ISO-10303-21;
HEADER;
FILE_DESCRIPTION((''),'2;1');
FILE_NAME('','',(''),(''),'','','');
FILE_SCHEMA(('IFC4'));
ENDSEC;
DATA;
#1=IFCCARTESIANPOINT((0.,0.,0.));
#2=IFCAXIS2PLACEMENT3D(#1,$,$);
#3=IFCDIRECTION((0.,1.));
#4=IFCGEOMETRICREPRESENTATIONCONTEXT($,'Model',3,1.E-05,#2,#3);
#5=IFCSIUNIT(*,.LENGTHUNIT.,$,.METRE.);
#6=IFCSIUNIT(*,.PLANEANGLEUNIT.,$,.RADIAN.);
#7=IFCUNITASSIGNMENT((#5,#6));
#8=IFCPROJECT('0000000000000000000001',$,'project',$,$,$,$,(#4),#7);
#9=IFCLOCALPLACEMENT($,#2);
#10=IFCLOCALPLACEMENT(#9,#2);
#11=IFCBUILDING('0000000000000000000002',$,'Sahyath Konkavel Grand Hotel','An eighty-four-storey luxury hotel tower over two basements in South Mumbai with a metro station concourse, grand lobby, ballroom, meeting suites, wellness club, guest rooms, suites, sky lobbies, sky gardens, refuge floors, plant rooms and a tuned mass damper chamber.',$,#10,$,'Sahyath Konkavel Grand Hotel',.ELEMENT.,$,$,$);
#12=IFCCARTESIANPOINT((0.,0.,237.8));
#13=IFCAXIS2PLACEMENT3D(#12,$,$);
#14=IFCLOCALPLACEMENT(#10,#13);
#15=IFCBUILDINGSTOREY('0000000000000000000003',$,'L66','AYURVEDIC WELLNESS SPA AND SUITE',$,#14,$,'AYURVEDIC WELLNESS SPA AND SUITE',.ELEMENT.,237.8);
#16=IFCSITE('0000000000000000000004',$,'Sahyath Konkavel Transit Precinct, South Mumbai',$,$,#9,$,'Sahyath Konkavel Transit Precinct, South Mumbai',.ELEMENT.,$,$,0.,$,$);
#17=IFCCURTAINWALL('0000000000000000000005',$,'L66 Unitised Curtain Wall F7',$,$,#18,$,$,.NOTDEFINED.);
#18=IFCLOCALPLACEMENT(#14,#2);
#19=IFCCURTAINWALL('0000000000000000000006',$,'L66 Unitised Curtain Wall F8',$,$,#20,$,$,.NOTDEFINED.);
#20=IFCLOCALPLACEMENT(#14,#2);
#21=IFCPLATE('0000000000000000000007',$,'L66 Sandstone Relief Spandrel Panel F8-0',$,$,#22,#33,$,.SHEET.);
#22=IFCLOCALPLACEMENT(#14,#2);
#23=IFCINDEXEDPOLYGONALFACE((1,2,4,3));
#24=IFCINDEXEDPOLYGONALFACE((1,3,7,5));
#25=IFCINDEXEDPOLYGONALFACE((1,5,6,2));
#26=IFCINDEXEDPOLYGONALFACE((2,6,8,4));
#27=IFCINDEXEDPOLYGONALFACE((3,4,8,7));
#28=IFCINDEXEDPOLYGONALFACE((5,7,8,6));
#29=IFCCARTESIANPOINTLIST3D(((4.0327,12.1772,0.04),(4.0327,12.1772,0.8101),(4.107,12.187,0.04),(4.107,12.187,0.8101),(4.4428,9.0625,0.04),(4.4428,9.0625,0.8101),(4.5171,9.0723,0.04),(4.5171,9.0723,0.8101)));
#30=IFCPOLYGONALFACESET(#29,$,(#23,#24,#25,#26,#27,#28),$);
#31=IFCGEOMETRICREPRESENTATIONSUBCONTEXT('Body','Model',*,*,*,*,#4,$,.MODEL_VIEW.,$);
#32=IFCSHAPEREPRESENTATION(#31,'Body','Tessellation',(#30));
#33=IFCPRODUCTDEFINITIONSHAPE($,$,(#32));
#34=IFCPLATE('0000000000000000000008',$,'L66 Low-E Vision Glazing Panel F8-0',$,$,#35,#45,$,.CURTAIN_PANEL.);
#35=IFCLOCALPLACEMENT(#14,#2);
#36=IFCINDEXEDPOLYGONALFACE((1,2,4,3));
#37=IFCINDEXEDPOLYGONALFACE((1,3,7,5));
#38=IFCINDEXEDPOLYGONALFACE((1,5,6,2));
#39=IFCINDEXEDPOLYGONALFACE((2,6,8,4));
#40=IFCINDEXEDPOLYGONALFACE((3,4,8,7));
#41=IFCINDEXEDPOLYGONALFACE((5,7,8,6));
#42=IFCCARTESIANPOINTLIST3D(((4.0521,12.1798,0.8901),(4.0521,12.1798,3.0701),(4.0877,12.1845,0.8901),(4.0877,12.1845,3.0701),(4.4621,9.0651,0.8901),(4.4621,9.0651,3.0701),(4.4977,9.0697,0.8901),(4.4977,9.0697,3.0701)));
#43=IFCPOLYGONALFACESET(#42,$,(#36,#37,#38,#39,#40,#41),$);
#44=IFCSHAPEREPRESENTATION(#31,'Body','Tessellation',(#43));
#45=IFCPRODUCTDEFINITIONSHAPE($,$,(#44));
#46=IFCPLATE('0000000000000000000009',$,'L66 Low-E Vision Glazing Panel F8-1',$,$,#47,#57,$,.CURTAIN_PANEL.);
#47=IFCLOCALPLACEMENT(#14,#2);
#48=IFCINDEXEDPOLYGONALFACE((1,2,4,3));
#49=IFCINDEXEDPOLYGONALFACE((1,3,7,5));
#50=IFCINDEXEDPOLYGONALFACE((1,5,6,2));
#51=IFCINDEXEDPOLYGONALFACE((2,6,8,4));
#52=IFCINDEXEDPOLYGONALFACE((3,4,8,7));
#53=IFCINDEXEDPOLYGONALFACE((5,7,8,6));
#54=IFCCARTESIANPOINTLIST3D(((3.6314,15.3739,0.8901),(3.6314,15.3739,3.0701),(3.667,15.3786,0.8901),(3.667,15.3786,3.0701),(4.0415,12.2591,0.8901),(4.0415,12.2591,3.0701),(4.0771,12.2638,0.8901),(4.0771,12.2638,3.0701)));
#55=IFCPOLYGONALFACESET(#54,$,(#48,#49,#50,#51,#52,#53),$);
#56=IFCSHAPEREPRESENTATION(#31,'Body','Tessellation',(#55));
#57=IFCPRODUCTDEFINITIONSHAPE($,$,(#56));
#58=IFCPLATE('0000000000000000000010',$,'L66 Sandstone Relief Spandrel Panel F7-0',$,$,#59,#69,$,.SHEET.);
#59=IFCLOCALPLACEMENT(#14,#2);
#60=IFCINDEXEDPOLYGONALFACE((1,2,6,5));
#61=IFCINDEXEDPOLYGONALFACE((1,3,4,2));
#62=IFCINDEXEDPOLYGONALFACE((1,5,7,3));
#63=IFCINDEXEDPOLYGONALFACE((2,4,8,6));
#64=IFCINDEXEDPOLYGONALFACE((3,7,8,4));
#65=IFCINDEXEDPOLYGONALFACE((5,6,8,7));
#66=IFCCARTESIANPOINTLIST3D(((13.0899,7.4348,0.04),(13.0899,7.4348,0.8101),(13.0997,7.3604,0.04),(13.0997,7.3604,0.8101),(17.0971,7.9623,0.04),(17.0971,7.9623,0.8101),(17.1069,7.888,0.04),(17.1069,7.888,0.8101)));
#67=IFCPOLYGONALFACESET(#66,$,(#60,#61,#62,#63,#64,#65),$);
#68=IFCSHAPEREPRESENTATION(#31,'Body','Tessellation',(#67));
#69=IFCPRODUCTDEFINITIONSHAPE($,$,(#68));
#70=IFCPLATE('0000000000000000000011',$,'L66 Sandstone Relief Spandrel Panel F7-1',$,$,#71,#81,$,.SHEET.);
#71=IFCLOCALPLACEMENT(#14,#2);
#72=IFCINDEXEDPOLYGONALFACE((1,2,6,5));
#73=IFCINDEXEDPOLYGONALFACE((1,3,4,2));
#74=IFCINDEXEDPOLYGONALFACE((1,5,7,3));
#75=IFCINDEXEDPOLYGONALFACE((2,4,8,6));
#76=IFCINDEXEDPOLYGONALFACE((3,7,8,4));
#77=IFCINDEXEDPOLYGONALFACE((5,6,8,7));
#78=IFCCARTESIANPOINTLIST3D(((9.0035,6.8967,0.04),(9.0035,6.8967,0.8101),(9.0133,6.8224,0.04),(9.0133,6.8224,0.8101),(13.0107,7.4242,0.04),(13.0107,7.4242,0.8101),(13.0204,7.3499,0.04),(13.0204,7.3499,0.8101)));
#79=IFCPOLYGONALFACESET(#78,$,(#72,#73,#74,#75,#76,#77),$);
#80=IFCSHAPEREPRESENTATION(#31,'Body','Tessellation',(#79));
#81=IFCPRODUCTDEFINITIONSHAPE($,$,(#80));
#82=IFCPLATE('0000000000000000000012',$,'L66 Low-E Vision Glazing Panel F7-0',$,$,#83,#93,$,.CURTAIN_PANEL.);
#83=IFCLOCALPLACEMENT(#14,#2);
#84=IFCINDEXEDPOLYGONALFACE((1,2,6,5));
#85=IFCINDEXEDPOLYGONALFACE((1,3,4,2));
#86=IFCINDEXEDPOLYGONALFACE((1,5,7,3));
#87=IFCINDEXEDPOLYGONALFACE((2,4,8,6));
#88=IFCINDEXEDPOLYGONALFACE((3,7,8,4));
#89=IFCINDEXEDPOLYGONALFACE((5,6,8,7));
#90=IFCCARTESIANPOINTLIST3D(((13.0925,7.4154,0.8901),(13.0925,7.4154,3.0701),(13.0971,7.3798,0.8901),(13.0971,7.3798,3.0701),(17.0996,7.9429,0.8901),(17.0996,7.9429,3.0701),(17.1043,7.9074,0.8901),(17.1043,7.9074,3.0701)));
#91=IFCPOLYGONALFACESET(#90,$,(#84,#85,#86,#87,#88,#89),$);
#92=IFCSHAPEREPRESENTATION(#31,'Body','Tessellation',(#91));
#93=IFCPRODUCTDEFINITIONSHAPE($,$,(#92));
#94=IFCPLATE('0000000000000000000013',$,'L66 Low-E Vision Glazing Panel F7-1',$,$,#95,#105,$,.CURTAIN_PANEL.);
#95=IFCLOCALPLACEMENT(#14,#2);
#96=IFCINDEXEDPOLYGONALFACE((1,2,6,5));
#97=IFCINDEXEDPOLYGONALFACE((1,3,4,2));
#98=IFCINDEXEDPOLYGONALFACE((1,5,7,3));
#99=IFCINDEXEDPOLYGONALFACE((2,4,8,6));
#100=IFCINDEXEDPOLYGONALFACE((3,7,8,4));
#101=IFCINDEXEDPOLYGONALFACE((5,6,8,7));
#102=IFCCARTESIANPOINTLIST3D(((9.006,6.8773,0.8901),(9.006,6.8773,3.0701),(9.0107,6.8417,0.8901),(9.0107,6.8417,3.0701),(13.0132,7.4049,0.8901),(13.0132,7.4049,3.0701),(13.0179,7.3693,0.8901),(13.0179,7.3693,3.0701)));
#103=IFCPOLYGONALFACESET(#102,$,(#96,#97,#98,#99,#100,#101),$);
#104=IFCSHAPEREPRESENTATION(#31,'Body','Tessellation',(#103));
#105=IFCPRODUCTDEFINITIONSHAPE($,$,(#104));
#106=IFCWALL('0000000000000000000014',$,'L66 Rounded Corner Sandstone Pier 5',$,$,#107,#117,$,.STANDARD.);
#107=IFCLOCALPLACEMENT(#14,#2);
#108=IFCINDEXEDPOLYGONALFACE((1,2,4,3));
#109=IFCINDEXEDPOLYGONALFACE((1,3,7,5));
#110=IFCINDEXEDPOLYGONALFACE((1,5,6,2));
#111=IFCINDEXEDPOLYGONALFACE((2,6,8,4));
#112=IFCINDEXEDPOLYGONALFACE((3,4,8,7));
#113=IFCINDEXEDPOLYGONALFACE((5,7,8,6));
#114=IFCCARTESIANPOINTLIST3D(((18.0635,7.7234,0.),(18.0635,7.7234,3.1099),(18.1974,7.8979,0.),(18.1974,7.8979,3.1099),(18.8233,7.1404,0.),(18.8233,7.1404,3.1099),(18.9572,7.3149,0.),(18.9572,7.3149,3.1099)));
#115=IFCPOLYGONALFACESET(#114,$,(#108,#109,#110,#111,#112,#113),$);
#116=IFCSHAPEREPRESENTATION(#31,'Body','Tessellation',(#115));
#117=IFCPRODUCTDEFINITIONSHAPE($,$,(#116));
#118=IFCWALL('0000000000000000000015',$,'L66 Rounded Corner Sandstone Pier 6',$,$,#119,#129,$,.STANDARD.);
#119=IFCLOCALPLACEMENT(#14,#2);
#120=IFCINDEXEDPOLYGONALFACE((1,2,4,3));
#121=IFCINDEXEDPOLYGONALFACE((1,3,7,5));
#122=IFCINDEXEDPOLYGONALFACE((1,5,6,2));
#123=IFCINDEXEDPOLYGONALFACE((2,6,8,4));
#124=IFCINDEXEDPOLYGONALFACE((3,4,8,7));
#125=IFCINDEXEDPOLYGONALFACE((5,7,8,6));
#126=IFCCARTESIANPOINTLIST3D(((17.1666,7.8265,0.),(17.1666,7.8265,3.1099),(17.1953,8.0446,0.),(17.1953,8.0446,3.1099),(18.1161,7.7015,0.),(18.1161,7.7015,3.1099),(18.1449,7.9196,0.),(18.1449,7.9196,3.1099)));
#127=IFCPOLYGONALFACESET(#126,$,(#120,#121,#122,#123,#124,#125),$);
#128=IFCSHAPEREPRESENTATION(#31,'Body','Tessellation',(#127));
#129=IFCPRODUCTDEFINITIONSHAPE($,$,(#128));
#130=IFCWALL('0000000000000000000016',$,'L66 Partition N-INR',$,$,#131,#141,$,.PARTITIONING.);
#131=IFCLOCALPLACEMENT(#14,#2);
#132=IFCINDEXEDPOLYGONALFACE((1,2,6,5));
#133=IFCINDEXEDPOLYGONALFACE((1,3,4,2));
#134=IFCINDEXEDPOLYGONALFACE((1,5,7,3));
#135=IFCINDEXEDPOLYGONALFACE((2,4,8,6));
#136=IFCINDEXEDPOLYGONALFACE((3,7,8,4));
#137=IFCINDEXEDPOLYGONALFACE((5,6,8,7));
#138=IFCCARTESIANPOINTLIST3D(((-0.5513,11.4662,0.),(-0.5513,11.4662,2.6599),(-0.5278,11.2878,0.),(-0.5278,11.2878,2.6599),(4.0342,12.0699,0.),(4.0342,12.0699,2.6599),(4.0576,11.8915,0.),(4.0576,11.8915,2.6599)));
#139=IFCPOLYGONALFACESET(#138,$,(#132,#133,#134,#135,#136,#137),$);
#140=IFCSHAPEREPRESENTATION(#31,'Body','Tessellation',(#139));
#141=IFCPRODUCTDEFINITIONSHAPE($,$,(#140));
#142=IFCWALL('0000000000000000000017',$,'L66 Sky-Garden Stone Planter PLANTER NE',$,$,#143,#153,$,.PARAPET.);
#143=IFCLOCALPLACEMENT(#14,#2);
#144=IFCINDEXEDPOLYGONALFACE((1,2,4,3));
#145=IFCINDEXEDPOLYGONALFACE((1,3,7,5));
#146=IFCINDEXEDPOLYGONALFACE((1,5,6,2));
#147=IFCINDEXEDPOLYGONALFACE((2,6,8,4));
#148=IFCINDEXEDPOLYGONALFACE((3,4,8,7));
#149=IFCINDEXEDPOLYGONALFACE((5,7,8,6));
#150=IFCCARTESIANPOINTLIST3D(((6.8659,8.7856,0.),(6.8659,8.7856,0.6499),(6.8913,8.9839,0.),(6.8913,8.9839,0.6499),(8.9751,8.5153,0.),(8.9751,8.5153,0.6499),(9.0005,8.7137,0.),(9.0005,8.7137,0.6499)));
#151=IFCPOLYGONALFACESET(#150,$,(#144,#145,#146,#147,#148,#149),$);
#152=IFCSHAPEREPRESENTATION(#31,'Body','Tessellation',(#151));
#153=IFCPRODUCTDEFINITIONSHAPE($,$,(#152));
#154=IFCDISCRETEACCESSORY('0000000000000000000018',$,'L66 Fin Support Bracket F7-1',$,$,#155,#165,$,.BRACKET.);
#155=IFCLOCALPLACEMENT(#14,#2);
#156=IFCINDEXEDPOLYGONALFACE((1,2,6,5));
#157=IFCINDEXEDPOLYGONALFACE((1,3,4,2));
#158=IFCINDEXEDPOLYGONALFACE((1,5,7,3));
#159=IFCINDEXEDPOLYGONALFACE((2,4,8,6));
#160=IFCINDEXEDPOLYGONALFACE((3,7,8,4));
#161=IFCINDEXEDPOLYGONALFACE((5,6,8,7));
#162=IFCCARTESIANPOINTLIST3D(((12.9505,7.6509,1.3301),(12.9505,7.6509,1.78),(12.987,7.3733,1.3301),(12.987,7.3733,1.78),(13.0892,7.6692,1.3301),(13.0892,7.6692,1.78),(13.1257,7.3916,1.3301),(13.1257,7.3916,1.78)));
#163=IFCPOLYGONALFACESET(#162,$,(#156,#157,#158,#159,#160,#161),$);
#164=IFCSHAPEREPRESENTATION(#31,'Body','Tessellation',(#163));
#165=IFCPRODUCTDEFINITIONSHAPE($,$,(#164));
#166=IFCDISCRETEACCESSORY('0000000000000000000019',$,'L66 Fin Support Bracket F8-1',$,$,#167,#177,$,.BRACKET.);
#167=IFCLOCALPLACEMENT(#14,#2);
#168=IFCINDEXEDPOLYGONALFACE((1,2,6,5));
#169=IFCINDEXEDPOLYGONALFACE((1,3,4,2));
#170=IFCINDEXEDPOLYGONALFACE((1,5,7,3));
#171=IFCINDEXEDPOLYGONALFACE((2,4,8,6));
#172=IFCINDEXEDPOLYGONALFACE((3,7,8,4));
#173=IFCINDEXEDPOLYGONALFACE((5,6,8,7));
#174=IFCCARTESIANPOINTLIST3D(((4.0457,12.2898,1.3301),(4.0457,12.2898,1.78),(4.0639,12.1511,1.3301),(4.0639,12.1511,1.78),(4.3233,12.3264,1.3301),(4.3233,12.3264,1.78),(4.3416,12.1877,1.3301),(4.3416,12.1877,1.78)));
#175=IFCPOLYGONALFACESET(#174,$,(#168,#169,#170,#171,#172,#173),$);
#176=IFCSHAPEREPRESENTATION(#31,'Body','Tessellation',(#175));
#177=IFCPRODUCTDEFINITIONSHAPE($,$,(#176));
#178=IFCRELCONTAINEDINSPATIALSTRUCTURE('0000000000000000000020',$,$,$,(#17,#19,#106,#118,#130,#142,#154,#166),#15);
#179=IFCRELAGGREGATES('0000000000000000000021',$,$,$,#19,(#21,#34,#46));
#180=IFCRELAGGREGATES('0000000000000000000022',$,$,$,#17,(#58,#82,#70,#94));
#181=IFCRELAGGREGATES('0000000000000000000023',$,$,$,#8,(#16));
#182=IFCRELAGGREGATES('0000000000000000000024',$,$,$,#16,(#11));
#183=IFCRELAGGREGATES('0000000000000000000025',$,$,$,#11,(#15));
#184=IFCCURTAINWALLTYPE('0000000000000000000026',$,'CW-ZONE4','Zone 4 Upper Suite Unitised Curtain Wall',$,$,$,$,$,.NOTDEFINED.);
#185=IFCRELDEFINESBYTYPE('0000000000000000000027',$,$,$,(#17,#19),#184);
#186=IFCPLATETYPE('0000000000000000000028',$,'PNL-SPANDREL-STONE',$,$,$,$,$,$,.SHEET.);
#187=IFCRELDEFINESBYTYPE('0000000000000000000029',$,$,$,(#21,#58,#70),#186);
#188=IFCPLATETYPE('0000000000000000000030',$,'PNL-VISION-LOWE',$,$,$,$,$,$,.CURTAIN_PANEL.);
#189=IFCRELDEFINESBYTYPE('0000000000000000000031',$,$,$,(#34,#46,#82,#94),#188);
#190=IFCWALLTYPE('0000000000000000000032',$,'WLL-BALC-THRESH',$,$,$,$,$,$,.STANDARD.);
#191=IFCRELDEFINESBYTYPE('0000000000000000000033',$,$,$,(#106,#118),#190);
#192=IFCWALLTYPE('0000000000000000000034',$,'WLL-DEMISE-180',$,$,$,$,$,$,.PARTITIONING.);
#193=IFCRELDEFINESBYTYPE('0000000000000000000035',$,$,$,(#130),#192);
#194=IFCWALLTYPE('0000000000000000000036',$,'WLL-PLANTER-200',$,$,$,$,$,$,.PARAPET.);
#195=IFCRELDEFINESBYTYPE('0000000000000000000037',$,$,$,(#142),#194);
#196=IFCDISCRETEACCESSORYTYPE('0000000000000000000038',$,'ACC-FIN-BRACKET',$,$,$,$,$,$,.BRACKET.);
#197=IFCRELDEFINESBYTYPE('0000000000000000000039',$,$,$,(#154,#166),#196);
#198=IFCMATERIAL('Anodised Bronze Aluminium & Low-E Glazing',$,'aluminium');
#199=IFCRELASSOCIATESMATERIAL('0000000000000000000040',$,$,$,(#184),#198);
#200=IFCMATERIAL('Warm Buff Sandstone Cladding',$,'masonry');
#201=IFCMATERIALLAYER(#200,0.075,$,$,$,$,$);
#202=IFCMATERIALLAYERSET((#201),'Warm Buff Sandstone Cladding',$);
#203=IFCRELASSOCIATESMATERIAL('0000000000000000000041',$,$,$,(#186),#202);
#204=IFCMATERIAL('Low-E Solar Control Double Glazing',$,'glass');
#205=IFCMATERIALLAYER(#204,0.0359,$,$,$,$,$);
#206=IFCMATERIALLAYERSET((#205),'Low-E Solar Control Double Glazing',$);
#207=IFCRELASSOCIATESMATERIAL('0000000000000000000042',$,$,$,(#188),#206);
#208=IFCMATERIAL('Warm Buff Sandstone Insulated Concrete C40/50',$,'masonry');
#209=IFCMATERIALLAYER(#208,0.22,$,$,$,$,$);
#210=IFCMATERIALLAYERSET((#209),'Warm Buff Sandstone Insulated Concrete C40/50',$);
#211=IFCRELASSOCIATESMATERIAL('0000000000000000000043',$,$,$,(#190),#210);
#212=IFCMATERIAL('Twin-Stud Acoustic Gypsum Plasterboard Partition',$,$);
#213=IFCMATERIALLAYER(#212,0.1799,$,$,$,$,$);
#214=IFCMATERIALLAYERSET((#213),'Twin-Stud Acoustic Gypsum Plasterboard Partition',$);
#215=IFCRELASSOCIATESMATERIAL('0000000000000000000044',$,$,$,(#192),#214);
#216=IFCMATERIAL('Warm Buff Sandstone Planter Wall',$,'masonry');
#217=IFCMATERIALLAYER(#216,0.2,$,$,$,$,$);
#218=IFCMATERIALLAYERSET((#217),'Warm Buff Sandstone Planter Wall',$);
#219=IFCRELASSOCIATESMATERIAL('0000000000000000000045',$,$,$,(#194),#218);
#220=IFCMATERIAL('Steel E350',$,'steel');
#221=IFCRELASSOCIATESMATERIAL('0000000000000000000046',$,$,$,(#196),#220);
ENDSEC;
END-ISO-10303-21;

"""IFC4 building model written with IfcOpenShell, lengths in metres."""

from ifc_helpers import new_model, si_unit, direction, frame, frame_2d, origin, origin_2d, place, context, subcontext, project, spatial, rectangle, extrude, source, transform, mapped, material, layer, layer_set, type_object, element, aggregate, save


model = new_model("IFC4")

# Units and contexts
model_context = context("Model", 3, precision=1e-05, world=origin(), true_north=direction((0.0, 1.0)))
body_context = subcontext(model_context, "Body", "Model", "MODEL_VIEW")
ifc_project = project(units=[si_unit("LENGTHUNIT", "METRE"), si_unit("PLANEANGLEUNIT", "RADIAN")], contexts=[model_context])

# Site, building, storey
site_placement = place(None, origin())
site = spatial("IfcSite", under=ifc_project, at=site_placement, Name="Sahyath Konkavel Transit Precinct, South Mumbai", LongName="Sahyath Konkavel Transit Precinct, South Mumbai", CompositionType="ELEMENT", RefElevation=0.0)
building_placement = place(site_placement, origin())
building = spatial("IfcBuilding", under=site, at=building_placement, Name="Sahyath Konkavel Grand Hotel", Description="An eighty-four-storey luxury hotel tower over two basements in South Mumbai with a metro station concourse, grand lobby, ballroom, meeting suites, wellness club, guest rooms, suites, sky lobbies, sky gardens, refuge floors, plant rooms and a tuned mass damper chamber.", LongName="Sahyath Konkavel Grand Hotel", CompositionType="ELEMENT")
storey_placement = place(building_placement, frame((0.0, 0.0, 237.8)))
storey = spatial("IfcBuildingStorey", under=building, at=storey_placement, Name="L66", Description="AYURVEDIC WELLNESS SPA AND SUITE", LongName="AYURVEDIC WELLNESS SPA AND SUITE", CompositionType="ELEMENT", Elevation=237.8)

# Shared definitions
ifc_material_1 = material(Name="Anodised Bronze Aluminium & Low-E Glazing", Category="aluminium")
curtain_wall_type = type_object("IfcCurtainWallType", Name="CW-ZONE4", Description="Zone 4 Upper Suite Unitised Curtain Wall", PredefinedType="NOTDEFINED", material=ifc_material_1)

# Curtain walls
curtain_wall_1_placement = place(storey_placement, origin())
curtain_wall_1 = element("IfcCurtainWall", 1, at=curtain_wall_1_placement, inside=storey, type_object=curtain_wall_type, Name="L66 Unitised Curtain Wall F7", PredefinedType="NOTDEFINED")
curtain_wall_2_placement = place(storey_placement, origin())
curtain_wall_2 = element("IfcCurtainWall", 2, at=curtain_wall_2_placement, inside=storey, type_object=curtain_wall_type, Name="L66 Unitised Curtain Wall F8", PredefinedType="NOTDEFINED")

# Plates
ifc_material_2 = material(Name="Warm Buff Sandstone Cladding", Category="masonry")
ifc_layer_1 = layer(ifc_material_2, 0.075)
ifc_layer_set_1 = layer_set([ifc_layer_1], Name="Warm Buff Sandstone Cladding")
plate_type_1 = type_object("IfcPlateType", Name="PNL-SPANDREL-STONE", PredefinedType="SHEET", material=ifc_layer_set_1)
shared_shape_1 = source(origin(), body_context, "Body", "SweptSolid", [
    extrude(rectangle(XDim=3.1416, YDim=0.075, at=origin_2d()), origin(), (0.0, 0.0, 1.0), 0.77),
])
plate_1_placement = place(storey_placement, frame((4.2749, 10.6248, 0.04), z_axis=(0.0, 0.0, 1.0), x_axis=(-0.130526, 0.991445, 0.0)))
plate_1 = element("IfcPlate", 3, at=plate_1_placement, type_object=plate_type_1, Name="L66 Sandstone Relief Spandrel Panel F8-0", PredefinedType="SHEET", context=body_context, shape_type="MappedRepresentation", body=[
    mapped(shared_shape_1, transform((0.0, 0.0, 0.0), scale=1.0)),
])
ifc_material_3 = material(Name="Low-E Solar Control Double Glazing", Category="glass")
ifc_layer_2 = layer(ifc_material_3, 0.0359)
ifc_layer_set_2 = layer_set([ifc_layer_2], Name="Low-E Solar Control Double Glazing")
plate_type_2 = type_object("IfcPlateType", Name="PNL-VISION-LOWE", PredefinedType="CURTAIN_PANEL", material=ifc_layer_set_2)
shared_shape_2 = source(origin(), body_context, "Body", "SweptSolid", [
    extrude(rectangle(XDim=3.1416, YDim=0.0359, at=origin_2d()), origin(), (0.0, 0.0, 1.0), 2.1799),
])
plate_2_placement = place(storey_placement, frame((4.2749, 10.6248, 0.8901), z_axis=(0.0, 0.0, 1.0), x_axis=(-0.130526, 0.991445, 0.0)))
plate_2 = element("IfcPlate", 4, at=plate_2_placement, type_object=plate_type_2, Name="L66 Low-E Vision Glazing Panel F8-0", PredefinedType="CURTAIN_PANEL", context=body_context, shape_type="MappedRepresentation", body=[
    mapped(shared_shape_2, transform((0.0, 0.0, 0.0), scale=1.0)),
])
plate_3_placement = place(storey_placement, frame((3.8542, 13.8188, 0.8901), z_axis=(0.0, 0.0, 1.0), x_axis=(-0.130526, 0.991445, 0.0)))
plate_3 = element("IfcPlate", 5, at=plate_3_placement, type_object=plate_type_2, Name="L66 Low-E Vision Glazing Panel F8-1", PredefinedType="CURTAIN_PANEL", context=body_context, shape_type="MappedRepresentation", body=[
    mapped(shared_shape_2, transform((0.0, 0.0, 0.0), scale=1.0)),
])
aggregate(curtain_wall_2, [plate_1, plate_2, plate_3])
shared_shape_3 = source(origin(), body_context, "Body", "SweptSolid", [
    extrude(rectangle(XDim=4.0417, YDim=0.075, at=origin_2d()), origin(), (0.0, 0.0, 1.0), 0.77),
])
plate_4_placement = place(storey_placement, frame((15.0984, 7.6614, 0.04), z_axis=(0.0, 0.0, 1.0), x_axis=(-0.991445, -0.130526, 0.0)))
plate_4 = element("IfcPlate", 6, at=plate_4_placement, type_object=plate_type_1, Name="L66 Sandstone Relief Spandrel Panel F7-0", PredefinedType="SHEET", context=body_context, shape_type="MappedRepresentation", body=[
    mapped(shared_shape_3, transform((0.0, 0.0, 0.0), scale=1.0)),
])
plate_5_placement = place(storey_placement, frame((11.012, 7.1233, 0.04), z_axis=(0.0, 0.0, 1.0), x_axis=(-0.991445, -0.130526, 0.0)))
plate_5 = element("IfcPlate", 7, at=plate_5_placement, type_object=plate_type_1, Name="L66 Sandstone Relief Spandrel Panel F7-1", PredefinedType="SHEET", context=body_context, shape_type="MappedRepresentation", body=[
    mapped(shared_shape_3, transform((0.0, 0.0, 0.0), scale=1.0)),
])
shared_shape_4 = source(origin(), body_context, "Body", "SweptSolid", [
    extrude(rectangle(XDim=4.0417, YDim=0.0359, at=origin_2d()), origin(), (0.0, 0.0, 1.0), 2.1799),
])
plate_6_placement = place(storey_placement, frame((15.0984, 7.6614, 0.8901), z_axis=(0.0, 0.0, 1.0), x_axis=(-0.991445, -0.130526, 0.0)))
plate_6 = element("IfcPlate", 8, at=plate_6_placement, type_object=plate_type_2, Name="L66 Low-E Vision Glazing Panel F7-0", PredefinedType="CURTAIN_PANEL", context=body_context, shape_type="MappedRepresentation", body=[
    mapped(shared_shape_4, transform((0.0, 0.0, 0.0), scale=1.0)),
])
plate_7_placement = place(storey_placement, frame((11.012, 7.1233, 0.8901), z_axis=(0.0, 0.0, 1.0), x_axis=(-0.991445, -0.130526, 0.0)))
plate_7 = element("IfcPlate", 9, at=plate_7_placement, type_object=plate_type_2, Name="L66 Low-E Vision Glazing Panel F7-1", PredefinedType="CURTAIN_PANEL", context=body_context, shape_type="MappedRepresentation", body=[
    mapped(shared_shape_4, transform((0.0, 0.0, 0.0), scale=1.0)),
])
aggregate(curtain_wall_1, [plate_4, plate_6, plate_5, plate_7])

# Walls
ifc_material_4 = material(Name="Warm Buff Sandstone Insulated Concrete C40/50", Category="masonry")
ifc_layer_3 = layer(ifc_material_4, 0.22)
ifc_layer_set_3 = layer_set([ifc_layer_3], Name="Warm Buff Sandstone Insulated Concrete C40/50")
wall_type_1 = type_object("IfcWallType", Name="WLL-BALC-THRESH", PredefinedType="STANDARD", material=ifc_layer_set_3)
for number, where, z_axis, x_axis, name in (
    (10, (18.8904, 7.2275, 0.0), (0.0, 0.0, 1.0), (-0.793344, 0.608774, 0.0), "L66 Rounded Corner Sandstone Pier 5"),
    (11, (18.1306, 7.8105, 0.0), (0.0, 0.0, 1.0), (-0.991445, 0.130527, 0.0), "L66 Rounded Corner Sandstone Pier 6"),
):
    element("IfcWall", number, at=place(storey_placement, frame(where, z_axis=z_axis, x_axis=x_axis)), inside=storey, type_object=wall_type_1, Name=name, PredefinedType="STANDARD", context=body_context, shape_type="SweptSolid", body=[
        extrude(rectangle(XDim=0.9578, YDim=0.22, at=frame_2d((0.479, 0.0))), origin(), (0.0, 0.0, 1.0), 3.1099),
    ])
ifc_material_5 = material(Name="Twin-Stud Acoustic Gypsum Plasterboard Partition")
ifc_layer_4 = layer(ifc_material_5, 0.1799)
ifc_layer_set_4 = layer_set([ifc_layer_4], Name="Twin-Stud Acoustic Gypsum Plasterboard Partition")
wall_type_2 = type_object("IfcWallType", Name="WLL-DEMISE-180", PredefinedType="PARTITIONING", material=ifc_layer_set_4)
wall_1_placement = place(storey_placement, frame((4.0459, 11.9807, 0.0), z_axis=(0.0, 0.0, 1.0), x_axis=(-0.991443, -0.130542, 0.0)))
element("IfcWall", 12, at=wall_1_placement, inside=storey, type_object=wall_type_2, Name="L66 Partition N-INR", PredefinedType="PARTITIONING", context=body_context, shape_type="SweptSolid", body=[
    extrude(rectangle(XDim=4.625, YDim=0.1799, at=frame_2d((2.3125, 0.0))), origin(), (0.0, 0.0, 1.0), 2.6599),
])
ifc_material_6 = material(Name="Warm Buff Sandstone Planter Wall", Category="masonry")
ifc_layer_5 = layer(ifc_material_6, 0.2)
ifc_layer_set_5 = layer_set([ifc_layer_5], Name="Warm Buff Sandstone Planter Wall")
wall_type_3 = type_object("IfcWallType", Name="WLL-PLANTER-200", PredefinedType="PARAPET", material=ifc_layer_set_5)
wall_2_placement = place(storey_placement, frame((8.9878, 8.6145, 0.0), z_axis=(0.0, 0.0, 1.0), x_axis=(-0.99189, 0.127101, 0.0)))
element("IfcWall", 13, at=wall_2_placement, inside=storey, type_object=wall_type_3, Name="L66 Sky-Garden Stone Planter PLANTER NE", PredefinedType="PARAPET", context=body_context, shape_type="SweptSolid", body=[
    extrude(rectangle(XDim=2.1265, YDim=0.2, at=frame_2d((1.0632, 0.0))), origin(), (0.0, 0.0, 1.0), 0.6499),
])

# Discrete accessories
ifc_material_7 = material(Name="Steel E350", Category="steel")
discrete_accessory_type = type_object("IfcDiscreteAccessoryType", Name="ACC-FIN-BRACKET", PredefinedType="BRACKET", material=ifc_material_7)
shared_shape_5 = source(origin(), body_context, "Body", "SweptSolid", [
    extrude(rectangle(XDim=0.28, YDim=0.1399, at=origin_2d()), origin(), (0.0, 0.0, 1.0), 0.45),
])
for number, where, z_axis, x_axis, name in (
    (14, (13.0381, 7.5212, 1.3301), (0.0, 0.0, 1.0), (-0.130526, 0.991445, 0.0), "L66 Fin Support Bracket F7-1"),
    (15, (4.1936, 12.2388, 1.3301), (0.0, 0.0, 1.0), (0.991445, 0.130526, 0.0), "L66 Fin Support Bracket F8-1"),
):
    element("IfcDiscreteAccessory", number, at=place(storey_placement, frame(where, z_axis=z_axis, x_axis=x_axis)), inside=storey, type_object=discrete_accessory_type, Name=name, PredefinedType="BRACKET", context=body_context, shape_type="MappedRepresentation", body=[
        mapped(shared_shape_5, transform((0.0, 0.0, 0.0), scale=1.0)),
    ])

save(model, "model.ifc")
